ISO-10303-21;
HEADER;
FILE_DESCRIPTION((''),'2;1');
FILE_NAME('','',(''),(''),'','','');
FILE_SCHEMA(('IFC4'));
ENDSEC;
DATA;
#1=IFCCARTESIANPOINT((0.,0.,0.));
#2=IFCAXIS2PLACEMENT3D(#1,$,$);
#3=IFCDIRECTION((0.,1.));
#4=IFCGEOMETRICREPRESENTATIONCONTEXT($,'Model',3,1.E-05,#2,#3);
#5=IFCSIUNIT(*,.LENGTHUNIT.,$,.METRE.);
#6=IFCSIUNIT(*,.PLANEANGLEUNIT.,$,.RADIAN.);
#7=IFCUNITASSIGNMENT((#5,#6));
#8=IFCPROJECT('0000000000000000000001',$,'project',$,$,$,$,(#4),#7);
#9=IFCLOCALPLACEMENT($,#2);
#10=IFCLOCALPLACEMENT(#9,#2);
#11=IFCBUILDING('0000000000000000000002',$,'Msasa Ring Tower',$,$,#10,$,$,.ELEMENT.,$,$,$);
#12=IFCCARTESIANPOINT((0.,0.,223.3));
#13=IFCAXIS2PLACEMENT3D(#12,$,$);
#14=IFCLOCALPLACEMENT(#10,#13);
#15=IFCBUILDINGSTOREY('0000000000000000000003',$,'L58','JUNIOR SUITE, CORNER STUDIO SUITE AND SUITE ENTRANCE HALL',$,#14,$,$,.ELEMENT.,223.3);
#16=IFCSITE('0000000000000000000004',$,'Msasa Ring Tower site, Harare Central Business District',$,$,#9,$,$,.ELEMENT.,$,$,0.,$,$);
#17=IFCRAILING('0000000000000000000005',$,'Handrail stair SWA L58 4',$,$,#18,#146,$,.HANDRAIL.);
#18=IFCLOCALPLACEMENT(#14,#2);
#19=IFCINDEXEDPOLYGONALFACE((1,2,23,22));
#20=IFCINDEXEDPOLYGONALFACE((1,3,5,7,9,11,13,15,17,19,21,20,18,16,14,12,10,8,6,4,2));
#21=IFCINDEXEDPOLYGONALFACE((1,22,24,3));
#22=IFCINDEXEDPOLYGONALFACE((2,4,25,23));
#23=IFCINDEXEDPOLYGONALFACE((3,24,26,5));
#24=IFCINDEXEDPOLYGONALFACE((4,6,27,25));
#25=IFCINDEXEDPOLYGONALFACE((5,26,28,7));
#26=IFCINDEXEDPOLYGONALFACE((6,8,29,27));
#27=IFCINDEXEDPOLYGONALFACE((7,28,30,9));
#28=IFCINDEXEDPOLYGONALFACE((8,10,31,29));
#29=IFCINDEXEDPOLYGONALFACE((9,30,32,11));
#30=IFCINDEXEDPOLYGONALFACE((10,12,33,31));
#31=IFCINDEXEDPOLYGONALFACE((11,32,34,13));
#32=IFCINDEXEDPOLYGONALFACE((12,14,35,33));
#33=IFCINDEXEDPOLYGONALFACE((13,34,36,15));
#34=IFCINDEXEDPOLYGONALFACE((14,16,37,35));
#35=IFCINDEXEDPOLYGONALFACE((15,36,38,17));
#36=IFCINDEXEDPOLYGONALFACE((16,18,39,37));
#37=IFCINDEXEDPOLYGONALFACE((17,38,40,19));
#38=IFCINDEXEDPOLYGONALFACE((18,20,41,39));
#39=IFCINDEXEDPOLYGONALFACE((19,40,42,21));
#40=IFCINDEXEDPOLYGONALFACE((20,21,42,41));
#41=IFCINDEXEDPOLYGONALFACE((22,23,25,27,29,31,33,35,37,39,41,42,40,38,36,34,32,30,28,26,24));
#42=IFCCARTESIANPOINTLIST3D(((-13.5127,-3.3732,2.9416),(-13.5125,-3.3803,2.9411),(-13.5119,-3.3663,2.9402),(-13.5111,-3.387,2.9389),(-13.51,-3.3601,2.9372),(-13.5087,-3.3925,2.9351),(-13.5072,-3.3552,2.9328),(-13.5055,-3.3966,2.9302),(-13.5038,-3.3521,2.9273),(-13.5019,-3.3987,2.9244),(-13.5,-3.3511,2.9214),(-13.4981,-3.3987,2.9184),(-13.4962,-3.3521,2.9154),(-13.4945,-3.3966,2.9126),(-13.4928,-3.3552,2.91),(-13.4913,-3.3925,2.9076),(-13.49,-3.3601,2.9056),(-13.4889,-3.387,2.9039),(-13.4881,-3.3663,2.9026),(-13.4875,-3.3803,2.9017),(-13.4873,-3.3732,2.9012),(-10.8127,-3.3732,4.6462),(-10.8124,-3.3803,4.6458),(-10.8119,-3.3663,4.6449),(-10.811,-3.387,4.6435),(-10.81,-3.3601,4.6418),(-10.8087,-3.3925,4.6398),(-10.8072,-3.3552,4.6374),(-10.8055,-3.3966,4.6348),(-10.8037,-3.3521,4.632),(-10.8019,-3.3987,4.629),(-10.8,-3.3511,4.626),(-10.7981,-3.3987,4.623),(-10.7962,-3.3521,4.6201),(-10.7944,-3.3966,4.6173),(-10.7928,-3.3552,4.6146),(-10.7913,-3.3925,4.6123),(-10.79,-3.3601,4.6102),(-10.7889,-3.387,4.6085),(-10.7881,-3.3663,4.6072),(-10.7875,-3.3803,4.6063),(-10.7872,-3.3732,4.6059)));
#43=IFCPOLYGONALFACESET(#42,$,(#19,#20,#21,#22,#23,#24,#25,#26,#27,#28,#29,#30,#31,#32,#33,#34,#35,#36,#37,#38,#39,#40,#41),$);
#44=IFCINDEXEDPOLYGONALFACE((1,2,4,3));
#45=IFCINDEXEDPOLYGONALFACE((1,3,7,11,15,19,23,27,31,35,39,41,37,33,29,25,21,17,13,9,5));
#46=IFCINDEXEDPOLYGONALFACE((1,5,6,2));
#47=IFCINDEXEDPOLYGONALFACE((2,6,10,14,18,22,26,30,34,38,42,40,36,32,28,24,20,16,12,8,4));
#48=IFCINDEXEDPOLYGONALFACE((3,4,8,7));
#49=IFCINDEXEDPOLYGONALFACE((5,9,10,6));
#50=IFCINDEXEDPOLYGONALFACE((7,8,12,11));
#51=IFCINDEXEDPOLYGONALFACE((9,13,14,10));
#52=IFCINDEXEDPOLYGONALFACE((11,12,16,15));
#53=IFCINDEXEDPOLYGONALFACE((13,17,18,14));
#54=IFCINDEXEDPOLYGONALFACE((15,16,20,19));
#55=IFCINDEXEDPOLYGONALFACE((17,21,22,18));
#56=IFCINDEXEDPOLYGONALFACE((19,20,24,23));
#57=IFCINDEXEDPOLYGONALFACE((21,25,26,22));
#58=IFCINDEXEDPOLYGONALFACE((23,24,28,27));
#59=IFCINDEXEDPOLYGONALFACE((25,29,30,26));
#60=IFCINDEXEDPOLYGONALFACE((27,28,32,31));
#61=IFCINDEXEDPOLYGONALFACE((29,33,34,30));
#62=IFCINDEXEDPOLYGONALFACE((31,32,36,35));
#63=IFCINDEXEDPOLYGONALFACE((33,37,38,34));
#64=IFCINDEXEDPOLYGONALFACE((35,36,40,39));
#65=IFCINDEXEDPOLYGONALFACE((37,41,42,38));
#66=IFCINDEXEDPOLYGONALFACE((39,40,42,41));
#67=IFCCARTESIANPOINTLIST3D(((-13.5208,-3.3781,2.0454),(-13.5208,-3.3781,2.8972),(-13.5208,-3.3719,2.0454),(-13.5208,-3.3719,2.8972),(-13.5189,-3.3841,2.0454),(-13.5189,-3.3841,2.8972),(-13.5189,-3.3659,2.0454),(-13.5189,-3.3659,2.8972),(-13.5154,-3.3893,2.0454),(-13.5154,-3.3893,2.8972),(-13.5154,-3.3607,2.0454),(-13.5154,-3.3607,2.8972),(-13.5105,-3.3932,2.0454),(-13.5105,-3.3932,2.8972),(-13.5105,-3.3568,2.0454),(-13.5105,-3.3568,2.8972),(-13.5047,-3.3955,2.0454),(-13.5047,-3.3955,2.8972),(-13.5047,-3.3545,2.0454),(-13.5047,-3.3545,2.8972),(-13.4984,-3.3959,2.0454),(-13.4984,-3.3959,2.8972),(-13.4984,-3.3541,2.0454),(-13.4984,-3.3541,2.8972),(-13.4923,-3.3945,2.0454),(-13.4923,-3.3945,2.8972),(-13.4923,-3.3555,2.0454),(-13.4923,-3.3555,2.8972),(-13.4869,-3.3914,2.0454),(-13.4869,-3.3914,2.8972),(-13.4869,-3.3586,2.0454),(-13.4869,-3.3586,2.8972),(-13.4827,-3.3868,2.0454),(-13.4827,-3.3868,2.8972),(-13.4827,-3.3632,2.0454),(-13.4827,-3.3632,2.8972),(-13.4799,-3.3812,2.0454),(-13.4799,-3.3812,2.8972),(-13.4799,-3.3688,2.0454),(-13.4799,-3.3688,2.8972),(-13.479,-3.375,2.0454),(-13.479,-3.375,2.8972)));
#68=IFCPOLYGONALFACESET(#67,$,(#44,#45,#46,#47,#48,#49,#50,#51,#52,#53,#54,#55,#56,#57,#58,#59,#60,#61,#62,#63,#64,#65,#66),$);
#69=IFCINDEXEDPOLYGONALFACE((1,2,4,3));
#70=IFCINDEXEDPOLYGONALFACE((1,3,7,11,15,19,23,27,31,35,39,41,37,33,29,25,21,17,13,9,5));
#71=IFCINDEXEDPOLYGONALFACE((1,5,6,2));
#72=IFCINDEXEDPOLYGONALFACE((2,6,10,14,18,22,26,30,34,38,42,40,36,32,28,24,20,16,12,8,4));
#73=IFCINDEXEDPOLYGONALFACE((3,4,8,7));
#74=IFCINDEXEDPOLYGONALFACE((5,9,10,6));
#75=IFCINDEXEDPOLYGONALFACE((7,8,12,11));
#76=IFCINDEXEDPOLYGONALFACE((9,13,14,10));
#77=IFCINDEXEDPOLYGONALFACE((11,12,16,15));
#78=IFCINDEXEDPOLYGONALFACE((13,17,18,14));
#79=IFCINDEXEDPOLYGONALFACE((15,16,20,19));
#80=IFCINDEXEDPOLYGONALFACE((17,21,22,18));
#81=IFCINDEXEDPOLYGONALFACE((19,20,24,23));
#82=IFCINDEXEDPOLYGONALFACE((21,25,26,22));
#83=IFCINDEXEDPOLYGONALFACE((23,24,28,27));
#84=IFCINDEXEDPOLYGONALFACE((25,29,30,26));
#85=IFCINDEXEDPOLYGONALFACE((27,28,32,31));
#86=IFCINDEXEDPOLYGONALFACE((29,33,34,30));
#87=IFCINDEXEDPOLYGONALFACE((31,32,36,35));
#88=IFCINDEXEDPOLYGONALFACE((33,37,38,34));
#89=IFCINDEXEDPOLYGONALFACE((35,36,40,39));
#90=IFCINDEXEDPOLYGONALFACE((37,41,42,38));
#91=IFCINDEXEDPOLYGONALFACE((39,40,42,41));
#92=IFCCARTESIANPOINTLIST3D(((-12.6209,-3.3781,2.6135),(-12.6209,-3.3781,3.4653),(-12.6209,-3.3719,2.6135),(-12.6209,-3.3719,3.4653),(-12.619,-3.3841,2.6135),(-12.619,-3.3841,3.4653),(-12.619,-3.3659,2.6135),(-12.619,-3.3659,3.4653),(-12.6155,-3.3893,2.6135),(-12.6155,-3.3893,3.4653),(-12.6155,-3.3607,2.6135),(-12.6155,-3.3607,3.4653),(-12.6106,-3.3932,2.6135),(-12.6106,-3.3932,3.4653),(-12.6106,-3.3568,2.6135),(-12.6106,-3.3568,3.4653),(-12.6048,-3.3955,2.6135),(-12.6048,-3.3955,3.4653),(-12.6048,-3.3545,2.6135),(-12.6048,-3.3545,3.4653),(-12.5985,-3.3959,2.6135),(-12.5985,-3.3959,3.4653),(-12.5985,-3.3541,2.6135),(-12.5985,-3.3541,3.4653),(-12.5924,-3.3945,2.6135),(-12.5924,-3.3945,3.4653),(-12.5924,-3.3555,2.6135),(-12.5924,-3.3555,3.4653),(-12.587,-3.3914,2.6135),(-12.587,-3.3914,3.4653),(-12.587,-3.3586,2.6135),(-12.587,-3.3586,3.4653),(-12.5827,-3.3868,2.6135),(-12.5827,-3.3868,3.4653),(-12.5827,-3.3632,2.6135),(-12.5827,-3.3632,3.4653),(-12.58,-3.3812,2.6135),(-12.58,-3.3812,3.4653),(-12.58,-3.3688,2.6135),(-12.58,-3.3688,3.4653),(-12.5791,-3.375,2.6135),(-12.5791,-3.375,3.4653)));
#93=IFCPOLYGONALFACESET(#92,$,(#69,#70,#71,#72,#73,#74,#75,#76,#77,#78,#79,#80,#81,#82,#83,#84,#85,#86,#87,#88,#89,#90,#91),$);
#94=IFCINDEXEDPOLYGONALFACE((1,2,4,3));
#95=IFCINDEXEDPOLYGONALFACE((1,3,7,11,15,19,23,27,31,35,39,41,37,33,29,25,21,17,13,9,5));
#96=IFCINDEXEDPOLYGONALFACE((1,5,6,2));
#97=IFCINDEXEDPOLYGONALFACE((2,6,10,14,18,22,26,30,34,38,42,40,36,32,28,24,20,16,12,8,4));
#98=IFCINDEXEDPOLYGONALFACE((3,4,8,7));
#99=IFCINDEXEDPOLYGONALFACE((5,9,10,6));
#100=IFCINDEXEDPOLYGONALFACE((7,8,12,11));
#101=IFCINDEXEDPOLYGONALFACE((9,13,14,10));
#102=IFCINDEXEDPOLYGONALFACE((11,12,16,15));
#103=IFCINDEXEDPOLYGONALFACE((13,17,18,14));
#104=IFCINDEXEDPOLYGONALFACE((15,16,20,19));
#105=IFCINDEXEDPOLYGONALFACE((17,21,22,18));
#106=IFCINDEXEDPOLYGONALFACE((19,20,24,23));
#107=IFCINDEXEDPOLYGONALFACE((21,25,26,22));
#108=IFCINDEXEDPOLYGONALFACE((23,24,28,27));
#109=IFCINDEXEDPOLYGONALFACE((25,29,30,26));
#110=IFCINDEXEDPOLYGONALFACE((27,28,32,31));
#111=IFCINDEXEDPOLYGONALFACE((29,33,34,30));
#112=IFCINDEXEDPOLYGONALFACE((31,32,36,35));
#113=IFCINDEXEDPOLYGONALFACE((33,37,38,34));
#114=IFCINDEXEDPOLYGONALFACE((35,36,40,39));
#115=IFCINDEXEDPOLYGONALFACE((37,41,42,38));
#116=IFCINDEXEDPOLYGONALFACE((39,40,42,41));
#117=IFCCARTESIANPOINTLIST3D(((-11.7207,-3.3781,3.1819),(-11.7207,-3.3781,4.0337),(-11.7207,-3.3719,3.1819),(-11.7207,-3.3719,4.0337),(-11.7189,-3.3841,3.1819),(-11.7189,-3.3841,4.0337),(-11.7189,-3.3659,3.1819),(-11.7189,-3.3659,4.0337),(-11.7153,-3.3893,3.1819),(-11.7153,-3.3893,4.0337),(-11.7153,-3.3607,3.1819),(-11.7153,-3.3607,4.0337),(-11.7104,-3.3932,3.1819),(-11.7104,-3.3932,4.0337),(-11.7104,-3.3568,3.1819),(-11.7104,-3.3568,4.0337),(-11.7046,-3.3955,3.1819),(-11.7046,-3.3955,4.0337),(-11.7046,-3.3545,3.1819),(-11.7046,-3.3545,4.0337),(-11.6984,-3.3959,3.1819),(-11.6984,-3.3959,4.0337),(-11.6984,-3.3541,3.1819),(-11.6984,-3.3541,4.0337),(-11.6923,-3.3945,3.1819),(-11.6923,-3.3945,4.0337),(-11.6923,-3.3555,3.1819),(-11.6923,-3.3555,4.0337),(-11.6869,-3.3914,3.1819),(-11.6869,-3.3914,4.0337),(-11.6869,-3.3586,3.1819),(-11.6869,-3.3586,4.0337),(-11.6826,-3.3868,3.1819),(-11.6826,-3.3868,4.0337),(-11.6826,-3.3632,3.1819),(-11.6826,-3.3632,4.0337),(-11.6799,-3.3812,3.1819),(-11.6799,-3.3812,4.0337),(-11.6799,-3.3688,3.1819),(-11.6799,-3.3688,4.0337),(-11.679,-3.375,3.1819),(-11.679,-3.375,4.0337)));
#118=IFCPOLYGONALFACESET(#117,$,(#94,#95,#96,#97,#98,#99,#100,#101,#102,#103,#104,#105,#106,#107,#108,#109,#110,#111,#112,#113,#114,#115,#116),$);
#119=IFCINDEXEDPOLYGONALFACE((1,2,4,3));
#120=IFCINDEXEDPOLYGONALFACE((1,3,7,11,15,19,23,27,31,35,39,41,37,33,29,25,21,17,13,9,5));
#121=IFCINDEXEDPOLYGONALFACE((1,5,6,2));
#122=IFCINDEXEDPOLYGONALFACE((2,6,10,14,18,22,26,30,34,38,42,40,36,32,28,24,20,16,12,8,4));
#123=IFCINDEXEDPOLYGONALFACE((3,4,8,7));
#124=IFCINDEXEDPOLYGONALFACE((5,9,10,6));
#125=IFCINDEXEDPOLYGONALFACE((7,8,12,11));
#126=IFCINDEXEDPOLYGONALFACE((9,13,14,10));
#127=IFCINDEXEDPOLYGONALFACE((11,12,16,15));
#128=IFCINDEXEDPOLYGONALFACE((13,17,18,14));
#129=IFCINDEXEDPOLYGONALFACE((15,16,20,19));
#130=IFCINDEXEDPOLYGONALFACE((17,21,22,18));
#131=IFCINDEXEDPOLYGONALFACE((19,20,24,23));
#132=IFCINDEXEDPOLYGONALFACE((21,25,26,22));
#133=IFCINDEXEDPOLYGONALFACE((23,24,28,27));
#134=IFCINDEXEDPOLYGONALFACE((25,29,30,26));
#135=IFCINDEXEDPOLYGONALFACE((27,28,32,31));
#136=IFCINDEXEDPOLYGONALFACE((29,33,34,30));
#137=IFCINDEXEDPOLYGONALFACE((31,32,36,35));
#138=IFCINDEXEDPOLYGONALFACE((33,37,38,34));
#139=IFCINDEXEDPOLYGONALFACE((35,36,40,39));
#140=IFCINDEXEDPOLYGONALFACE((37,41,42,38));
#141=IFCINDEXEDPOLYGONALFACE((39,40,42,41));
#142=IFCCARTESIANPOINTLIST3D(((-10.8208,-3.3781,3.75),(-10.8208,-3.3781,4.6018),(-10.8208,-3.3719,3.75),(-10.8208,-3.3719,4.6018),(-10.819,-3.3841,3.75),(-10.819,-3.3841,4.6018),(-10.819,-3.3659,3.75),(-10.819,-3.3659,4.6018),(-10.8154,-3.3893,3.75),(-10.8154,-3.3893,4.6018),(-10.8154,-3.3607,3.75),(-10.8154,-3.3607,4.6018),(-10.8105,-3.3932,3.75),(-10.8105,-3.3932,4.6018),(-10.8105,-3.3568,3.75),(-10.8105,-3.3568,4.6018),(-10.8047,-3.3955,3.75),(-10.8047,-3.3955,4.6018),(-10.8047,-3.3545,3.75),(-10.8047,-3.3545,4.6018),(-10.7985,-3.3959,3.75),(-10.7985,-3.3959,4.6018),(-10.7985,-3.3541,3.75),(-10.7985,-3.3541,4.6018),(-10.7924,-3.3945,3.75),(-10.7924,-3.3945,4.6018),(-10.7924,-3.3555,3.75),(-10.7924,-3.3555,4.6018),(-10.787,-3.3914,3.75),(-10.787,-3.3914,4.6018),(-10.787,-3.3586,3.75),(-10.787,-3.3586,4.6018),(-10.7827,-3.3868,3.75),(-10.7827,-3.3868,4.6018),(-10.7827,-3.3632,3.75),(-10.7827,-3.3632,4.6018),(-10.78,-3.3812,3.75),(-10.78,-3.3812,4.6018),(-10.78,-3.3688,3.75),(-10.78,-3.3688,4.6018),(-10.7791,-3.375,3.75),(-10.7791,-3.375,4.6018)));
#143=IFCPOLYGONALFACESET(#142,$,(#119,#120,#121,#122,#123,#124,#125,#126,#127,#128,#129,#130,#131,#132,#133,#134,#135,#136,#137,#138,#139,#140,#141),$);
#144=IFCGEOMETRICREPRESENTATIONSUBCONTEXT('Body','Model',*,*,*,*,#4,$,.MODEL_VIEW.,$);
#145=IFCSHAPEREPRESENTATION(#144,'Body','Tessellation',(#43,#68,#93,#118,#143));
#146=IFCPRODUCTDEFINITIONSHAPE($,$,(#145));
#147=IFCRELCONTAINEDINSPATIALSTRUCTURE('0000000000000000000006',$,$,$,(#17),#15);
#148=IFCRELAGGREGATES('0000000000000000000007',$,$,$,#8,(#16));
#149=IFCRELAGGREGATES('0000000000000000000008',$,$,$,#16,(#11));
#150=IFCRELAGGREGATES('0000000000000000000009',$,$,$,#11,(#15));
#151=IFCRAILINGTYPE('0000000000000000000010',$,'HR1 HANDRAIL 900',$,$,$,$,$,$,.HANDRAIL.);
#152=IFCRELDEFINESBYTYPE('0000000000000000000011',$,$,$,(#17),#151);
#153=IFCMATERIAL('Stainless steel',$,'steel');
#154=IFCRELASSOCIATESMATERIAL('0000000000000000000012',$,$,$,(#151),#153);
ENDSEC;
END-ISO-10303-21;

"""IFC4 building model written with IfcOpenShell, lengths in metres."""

from ifc_helpers import new_model, si_unit, direction, frame, origin, origin_2d, place, context, subcontext, project, spatial, circle, extrude, material, type_object, element, save


model = new_model("IFC4")

# Units and contexts
model_context = context("Model", 3, precision=1e-05, world=origin(), true_north=direction((0.0, 1.0)))
body_context = subcontext(model_context, "Body", "Model", "MODEL_VIEW")
ifc_project = project(units=[si_unit("LENGTHUNIT", "METRE"), si_unit("PLANEANGLEUNIT", "RADIAN")], contexts=[model_context])

# Site, building, storey
site_placement = place(None, origin())
site = spatial("IfcSite", under=ifc_project, at=site_placement, Name="Msasa Ring Tower site, Harare Central Business District", CompositionType="ELEMENT", RefElevation=0.0)
building_placement = place(site_placement, origin())
building = spatial("IfcBuilding", under=site, at=building_placement, Name="Msasa Ring Tower", CompositionType="ELEMENT")
storey_placement = place(building_placement, frame((0.0, 0.0, 223.3)))
storey = spatial("IfcBuildingStorey", under=building, at=storey_placement, Name="L58", Description="JUNIOR SUITE, CORNER STUDIO SUITE AND SUITE ENTRANCE HALL", CompositionType="ELEMENT", Elevation=223.3)

# Railing
ifc_material_1 = material(Name="Stainless steel", Category="steel")
railing_type = type_object("IfcRailingType", Name="HR1 HANDRAIL 900", PredefinedType="HANDRAIL", material=ifc_material_1)
for number, where, name in (
    (1, (-13.5, -3.375, 2.0454), "Handrail stair SWA L58 4"),
):
    element("IfcRailing", number, at=place(storey_placement, frame(where)), inside=storey, type_object=railing_type, Name=name, PredefinedType="HANDRAIL", context=body_context, shape_type="SweptSolid", body=[
        extrude(circle(Radius=0.0239, at=origin_2d()), frame((0.0, 0.0, 0.876), z_axis=(0.84558, 0.0, 0.533849), x_axis=(0.0, 1.0, 0.0)), (0.0, 0.0, 1.0), 3.1931),
        extrude(circle(Radius=0.021, at=origin_2d()), origin(), (0.0, 0.0, 1.0), 0.8518),
        extrude(circle(Radius=0.021, at=origin_2d()), frame((0.8999, 0.0, 0.5681)), (0.0, 0.0, 1.0), 0.8518),
        extrude(circle(Radius=0.021, at=origin_2d()), frame((1.8, 0.0, 1.1365)), (0.0, 0.0, 1.0), 0.8518),
        extrude(circle(Radius=0.021, at=origin_2d()), frame((2.7, 0.0, 1.7046)), (0.0, 0.0, 1.0), 0.8518),
    ])

save(model, "model.ifc")
